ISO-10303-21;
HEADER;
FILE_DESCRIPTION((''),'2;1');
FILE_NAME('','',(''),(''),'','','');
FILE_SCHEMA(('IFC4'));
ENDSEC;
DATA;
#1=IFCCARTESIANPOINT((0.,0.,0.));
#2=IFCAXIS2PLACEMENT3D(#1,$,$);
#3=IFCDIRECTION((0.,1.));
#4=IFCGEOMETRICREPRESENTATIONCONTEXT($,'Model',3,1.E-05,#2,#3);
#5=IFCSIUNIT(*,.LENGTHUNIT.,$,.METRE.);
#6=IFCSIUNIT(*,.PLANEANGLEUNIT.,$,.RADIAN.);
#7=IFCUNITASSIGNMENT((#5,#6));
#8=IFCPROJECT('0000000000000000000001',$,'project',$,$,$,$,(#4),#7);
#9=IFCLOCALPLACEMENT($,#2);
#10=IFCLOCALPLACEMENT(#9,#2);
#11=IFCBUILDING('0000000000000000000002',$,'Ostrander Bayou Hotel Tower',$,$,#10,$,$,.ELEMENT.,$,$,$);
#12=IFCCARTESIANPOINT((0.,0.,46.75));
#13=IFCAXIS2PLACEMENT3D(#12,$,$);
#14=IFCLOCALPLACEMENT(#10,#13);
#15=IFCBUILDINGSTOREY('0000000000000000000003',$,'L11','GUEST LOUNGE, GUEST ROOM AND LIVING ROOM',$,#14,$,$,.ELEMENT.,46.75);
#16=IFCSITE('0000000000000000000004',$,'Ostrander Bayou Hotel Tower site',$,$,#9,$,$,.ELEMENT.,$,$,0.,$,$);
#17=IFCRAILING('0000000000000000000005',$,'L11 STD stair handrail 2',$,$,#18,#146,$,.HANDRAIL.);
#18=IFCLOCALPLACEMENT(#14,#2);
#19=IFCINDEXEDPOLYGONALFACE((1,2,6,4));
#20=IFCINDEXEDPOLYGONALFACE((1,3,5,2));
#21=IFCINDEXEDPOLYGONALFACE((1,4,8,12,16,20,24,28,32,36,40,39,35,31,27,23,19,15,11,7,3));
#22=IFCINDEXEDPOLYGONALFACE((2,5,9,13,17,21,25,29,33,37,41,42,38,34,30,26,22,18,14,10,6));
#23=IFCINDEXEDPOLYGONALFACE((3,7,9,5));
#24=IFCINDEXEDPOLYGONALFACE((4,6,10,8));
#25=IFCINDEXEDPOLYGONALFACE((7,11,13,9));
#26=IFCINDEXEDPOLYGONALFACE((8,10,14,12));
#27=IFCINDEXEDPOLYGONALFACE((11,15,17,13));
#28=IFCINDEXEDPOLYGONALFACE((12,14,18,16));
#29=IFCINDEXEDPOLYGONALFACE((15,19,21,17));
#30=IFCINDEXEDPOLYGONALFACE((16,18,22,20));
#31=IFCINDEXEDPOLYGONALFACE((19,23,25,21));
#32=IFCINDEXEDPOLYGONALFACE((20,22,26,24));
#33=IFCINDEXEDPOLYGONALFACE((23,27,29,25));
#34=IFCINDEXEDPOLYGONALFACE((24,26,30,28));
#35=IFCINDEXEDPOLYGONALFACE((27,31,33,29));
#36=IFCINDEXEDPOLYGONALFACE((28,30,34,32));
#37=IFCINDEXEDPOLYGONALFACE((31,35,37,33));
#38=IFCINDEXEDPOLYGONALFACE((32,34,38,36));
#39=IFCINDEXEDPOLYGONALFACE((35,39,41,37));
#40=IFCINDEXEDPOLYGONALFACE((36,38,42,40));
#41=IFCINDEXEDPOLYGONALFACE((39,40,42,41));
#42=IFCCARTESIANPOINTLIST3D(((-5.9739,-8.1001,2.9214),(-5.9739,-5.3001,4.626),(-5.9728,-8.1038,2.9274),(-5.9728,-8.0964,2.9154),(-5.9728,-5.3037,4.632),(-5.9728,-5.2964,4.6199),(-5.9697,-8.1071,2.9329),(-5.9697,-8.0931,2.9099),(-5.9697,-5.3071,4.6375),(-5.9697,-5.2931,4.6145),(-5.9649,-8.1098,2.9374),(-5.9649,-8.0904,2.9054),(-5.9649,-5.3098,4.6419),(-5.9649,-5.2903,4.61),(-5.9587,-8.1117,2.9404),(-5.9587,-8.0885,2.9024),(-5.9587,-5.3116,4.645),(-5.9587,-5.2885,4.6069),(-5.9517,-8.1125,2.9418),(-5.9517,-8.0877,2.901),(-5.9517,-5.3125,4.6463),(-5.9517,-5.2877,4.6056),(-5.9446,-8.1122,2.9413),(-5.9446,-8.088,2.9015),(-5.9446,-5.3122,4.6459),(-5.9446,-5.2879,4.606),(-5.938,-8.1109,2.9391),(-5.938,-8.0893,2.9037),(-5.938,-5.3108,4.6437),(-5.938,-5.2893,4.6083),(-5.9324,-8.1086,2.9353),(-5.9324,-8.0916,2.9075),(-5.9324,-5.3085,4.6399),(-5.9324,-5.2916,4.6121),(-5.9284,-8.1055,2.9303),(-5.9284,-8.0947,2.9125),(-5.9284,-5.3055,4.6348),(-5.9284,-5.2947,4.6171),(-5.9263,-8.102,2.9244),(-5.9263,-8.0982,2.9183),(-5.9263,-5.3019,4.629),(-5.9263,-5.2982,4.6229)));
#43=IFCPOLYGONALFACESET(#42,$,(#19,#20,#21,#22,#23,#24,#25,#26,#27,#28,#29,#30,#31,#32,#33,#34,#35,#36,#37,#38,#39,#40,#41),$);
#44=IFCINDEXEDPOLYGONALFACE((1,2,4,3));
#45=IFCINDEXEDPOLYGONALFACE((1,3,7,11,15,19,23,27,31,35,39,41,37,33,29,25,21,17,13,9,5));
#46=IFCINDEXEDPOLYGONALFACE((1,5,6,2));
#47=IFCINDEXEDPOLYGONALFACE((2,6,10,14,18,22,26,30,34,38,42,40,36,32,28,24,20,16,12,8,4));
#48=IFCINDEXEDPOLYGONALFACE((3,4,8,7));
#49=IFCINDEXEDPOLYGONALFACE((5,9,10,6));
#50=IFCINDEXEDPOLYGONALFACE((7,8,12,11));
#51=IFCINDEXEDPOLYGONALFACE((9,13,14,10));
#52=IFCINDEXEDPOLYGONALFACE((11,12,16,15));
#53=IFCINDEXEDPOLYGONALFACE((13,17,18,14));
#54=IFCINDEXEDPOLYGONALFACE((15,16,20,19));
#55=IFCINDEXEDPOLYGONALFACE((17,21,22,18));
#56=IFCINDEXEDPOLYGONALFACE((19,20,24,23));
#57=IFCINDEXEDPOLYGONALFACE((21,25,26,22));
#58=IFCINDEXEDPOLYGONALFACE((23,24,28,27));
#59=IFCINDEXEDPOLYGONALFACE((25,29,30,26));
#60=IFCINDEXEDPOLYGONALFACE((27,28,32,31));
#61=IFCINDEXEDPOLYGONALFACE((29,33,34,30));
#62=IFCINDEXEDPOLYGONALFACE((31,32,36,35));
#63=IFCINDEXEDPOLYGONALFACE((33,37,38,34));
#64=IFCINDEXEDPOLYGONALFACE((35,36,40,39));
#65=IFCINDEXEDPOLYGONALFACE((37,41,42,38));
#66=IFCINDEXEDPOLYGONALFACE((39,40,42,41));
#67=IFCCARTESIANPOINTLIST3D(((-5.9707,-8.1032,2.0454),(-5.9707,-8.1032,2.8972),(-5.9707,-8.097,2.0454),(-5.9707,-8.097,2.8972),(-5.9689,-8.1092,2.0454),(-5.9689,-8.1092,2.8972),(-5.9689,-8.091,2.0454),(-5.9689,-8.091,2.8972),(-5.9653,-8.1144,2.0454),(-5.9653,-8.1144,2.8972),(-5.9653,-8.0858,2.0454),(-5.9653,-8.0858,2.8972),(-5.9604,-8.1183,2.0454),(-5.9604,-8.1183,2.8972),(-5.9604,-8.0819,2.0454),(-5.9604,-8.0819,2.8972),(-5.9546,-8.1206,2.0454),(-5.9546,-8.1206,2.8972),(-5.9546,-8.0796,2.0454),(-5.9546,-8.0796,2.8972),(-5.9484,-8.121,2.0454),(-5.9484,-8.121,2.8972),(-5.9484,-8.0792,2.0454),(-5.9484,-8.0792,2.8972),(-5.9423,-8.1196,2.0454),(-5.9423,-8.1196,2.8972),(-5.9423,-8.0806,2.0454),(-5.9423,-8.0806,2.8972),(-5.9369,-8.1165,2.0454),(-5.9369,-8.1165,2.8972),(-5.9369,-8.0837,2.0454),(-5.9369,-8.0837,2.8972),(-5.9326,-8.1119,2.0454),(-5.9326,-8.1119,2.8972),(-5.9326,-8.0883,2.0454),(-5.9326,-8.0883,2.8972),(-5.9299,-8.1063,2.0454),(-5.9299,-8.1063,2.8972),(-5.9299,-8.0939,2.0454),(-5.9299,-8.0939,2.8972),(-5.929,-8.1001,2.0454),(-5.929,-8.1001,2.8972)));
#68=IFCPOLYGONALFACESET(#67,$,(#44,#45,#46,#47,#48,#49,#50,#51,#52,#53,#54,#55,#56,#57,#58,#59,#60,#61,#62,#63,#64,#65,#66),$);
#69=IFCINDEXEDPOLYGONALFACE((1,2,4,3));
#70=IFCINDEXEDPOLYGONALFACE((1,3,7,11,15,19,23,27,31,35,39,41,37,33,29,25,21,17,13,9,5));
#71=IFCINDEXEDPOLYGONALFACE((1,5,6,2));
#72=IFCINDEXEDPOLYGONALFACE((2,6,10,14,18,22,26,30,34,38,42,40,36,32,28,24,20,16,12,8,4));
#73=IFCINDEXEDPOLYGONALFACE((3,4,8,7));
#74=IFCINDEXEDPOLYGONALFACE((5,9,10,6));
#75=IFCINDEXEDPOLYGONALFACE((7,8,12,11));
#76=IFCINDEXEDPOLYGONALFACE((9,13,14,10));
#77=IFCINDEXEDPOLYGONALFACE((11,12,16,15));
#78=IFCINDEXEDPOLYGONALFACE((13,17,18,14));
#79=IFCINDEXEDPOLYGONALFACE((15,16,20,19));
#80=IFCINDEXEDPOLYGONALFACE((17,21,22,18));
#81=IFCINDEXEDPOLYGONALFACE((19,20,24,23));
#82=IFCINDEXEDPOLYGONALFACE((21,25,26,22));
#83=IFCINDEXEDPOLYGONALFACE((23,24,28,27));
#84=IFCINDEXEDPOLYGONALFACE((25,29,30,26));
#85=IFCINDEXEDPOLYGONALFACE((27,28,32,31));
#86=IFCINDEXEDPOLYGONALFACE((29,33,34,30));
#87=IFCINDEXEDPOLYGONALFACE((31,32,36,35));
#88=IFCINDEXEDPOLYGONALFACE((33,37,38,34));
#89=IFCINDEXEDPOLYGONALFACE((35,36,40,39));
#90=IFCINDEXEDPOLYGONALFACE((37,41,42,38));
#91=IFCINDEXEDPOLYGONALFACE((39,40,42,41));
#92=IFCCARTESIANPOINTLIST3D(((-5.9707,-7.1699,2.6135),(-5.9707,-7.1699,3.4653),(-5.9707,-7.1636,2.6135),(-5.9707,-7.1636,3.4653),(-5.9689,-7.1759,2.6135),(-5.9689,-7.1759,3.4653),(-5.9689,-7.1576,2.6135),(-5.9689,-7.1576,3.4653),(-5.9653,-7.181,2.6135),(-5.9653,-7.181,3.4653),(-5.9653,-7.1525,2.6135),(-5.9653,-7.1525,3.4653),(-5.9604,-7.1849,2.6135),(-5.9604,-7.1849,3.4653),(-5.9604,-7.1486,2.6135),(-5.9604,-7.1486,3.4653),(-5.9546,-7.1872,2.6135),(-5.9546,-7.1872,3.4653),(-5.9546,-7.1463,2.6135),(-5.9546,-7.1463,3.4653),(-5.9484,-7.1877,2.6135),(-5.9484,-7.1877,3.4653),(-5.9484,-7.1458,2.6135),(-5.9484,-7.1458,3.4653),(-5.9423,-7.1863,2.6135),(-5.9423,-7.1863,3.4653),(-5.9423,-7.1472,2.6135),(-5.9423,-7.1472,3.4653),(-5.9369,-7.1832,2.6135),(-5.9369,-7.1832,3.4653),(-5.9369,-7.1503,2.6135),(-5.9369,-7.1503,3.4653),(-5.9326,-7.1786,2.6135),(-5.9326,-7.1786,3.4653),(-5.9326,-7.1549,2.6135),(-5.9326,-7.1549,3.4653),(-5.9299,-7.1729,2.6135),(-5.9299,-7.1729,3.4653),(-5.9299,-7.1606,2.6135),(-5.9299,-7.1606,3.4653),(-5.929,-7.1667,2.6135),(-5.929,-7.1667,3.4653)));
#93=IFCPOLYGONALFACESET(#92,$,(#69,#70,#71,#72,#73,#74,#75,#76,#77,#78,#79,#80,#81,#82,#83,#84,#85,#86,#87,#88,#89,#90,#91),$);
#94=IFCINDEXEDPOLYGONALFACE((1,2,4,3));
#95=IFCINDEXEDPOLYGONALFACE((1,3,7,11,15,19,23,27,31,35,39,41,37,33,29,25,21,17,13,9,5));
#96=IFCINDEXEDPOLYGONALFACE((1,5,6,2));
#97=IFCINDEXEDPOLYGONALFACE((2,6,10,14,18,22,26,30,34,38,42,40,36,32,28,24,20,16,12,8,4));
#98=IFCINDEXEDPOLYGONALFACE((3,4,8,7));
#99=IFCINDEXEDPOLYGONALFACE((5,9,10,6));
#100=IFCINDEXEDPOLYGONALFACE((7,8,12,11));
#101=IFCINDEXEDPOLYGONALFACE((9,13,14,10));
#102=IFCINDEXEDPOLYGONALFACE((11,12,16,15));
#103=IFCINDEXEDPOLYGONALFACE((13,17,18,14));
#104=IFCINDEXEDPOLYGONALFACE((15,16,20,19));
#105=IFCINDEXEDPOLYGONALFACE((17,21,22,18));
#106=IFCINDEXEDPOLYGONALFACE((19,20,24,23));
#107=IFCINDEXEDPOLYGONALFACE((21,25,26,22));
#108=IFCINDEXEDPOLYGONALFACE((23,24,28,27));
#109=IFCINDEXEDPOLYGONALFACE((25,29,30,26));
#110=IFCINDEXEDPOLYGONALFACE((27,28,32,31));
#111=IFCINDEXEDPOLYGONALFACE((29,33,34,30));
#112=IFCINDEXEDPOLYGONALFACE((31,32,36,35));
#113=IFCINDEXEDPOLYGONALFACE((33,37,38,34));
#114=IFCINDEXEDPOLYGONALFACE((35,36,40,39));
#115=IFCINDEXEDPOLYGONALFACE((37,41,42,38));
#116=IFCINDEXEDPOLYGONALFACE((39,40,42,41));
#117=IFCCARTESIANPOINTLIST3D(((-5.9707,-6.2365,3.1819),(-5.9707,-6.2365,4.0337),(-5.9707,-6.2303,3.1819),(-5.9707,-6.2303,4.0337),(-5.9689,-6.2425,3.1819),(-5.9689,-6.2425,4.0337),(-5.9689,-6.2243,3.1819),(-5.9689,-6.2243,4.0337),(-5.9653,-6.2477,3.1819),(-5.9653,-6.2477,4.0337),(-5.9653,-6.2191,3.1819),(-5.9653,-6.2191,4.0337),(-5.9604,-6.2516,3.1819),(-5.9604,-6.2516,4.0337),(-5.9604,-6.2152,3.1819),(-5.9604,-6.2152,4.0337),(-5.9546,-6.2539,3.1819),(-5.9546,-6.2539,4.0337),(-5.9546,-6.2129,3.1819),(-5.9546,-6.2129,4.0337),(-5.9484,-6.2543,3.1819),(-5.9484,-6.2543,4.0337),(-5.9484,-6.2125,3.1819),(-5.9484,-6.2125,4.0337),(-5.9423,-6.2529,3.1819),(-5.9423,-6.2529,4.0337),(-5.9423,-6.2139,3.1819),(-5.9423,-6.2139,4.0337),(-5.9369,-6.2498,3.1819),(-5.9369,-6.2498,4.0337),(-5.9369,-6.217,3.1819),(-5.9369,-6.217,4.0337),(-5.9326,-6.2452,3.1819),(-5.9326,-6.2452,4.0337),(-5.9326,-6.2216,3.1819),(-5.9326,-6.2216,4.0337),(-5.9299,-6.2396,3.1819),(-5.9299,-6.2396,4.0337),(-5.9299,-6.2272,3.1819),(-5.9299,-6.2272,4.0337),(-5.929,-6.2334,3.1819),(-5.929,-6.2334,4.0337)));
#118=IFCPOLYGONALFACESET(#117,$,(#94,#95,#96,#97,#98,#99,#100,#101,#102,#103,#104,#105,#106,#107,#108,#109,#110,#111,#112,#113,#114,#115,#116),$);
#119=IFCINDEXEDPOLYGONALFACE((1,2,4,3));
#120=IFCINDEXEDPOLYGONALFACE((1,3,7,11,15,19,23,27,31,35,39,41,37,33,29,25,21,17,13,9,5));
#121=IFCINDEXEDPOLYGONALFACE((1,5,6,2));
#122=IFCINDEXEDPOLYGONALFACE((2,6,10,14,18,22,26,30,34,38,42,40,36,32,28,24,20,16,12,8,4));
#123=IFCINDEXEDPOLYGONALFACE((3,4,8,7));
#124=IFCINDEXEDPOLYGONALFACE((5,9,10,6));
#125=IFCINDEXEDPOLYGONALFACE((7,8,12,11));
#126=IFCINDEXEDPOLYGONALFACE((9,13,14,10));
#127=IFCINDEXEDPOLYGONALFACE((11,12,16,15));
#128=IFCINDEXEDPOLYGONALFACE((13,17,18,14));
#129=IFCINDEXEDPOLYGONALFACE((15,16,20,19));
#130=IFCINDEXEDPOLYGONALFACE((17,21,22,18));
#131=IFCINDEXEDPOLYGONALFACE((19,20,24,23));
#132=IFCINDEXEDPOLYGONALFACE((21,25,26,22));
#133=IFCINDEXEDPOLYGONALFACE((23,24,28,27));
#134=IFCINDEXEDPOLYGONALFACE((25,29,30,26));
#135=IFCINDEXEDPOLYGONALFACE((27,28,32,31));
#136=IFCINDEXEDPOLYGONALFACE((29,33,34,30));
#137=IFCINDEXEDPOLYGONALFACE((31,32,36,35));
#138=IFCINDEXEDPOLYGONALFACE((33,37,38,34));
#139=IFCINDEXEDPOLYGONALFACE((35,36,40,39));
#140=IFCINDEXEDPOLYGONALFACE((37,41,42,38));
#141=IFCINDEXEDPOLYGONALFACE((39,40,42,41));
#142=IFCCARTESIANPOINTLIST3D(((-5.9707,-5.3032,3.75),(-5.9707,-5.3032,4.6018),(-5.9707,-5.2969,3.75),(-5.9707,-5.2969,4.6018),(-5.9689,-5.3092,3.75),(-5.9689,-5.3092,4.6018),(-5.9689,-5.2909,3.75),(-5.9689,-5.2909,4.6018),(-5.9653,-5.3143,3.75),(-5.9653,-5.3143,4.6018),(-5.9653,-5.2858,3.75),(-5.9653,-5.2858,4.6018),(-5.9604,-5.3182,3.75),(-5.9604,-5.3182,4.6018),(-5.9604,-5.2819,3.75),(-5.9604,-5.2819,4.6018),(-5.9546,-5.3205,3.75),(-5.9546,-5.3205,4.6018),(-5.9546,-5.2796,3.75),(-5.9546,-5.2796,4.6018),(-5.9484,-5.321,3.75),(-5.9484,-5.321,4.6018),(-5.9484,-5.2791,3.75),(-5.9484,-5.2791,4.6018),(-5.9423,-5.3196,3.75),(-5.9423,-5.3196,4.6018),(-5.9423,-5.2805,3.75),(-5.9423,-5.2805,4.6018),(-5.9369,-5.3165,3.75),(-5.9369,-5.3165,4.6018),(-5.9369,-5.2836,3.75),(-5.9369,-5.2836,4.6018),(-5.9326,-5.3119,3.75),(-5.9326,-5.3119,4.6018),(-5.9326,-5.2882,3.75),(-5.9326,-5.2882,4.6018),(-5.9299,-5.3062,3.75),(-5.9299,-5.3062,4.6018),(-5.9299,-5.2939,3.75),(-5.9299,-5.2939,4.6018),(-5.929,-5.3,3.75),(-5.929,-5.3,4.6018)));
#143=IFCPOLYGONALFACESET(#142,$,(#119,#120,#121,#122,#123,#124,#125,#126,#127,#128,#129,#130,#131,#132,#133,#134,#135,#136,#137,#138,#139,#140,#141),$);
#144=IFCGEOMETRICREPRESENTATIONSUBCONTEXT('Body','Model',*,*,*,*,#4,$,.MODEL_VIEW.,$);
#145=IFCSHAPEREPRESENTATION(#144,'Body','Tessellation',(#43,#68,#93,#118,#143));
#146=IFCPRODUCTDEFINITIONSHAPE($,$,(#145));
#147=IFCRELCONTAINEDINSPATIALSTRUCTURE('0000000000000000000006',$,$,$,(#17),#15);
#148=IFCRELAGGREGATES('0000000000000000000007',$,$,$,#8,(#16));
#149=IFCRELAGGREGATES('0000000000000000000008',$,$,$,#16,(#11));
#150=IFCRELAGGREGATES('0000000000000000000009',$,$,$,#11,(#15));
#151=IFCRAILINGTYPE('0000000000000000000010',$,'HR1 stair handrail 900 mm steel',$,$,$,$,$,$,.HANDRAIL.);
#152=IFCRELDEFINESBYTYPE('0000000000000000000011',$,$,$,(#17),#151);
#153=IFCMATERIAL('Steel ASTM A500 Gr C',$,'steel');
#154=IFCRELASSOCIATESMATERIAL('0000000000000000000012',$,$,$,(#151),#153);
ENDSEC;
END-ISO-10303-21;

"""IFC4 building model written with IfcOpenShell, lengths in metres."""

from ifc_helpers import new_model, si_unit, direction, frame, origin, origin_2d, place, context, subcontext, project, spatial, circle, extrude, material, type_object, element, save


model = new_model("IFC4")

# Units and contexts
model_context = context("Model", 3, precision=1e-05, world=origin(), true_north=direction((0.0, 1.0)))
body_context = subcontext(model_context, "Body", "Model", "MODEL_VIEW")
ifc_project = project(units=[si_unit("LENGTHUNIT", "METRE"), si_unit("PLANEANGLEUNIT", "RADIAN")], contexts=[model_context])

# Site, building, storey
site_placement = place(None, origin())
site = spatial("IfcSite", under=ifc_project, at=site_placement, Name="Ostrander Bayou Hotel Tower site", CompositionType="ELEMENT", RefElevation=0.0)
building_placement = place(site_placement, origin())
building = spatial("IfcBuilding", under=site, at=building_placement, Name="Ostrander Bayou Hotel Tower", CompositionType="ELEMENT")
storey_placement = place(building_placement, frame((0.0, 0.0, 46.75)))
storey = spatial("IfcBuildingStorey", under=building, at=storey_placement, Name="L11", Description="GUEST LOUNGE, GUEST ROOM AND LIVING ROOM", CompositionType="ELEMENT", Elevation=46.75)

# Railing
ifc_material_1 = material(Name="Steel ASTM A500 Gr C", Category="steel")
railing_type_1 = type_object("IfcRailingType", Name="HR1 stair handrail 900 mm steel", PredefinedType="HANDRAIL", material=ifc_material_1)
railing_1_placement = place(storey_placement, frame((-5.95, -8.1001, 2.0454)))
element("IfcRailing", 1, at=railing_1_placement, inside=storey, type_object=railing_type_1, Name="L11 STD stair handrail 2", PredefinedType="HANDRAIL", context=body_context, shape_type="SweptSolid", body=[
    extrude(circle(Radius=0.0239, at=origin_2d()), frame((0.0, 0.0, 0.876), z_axis=(0.0, 0.85417, 0.519994), x_axis=(-1.0, 0.0, 0.0)), (0.0, 0.0, 1.0), 3.2781),
    extrude(circle(Radius=0.021, at=origin_2d()), origin(), (0.0, 0.0, 1.0), 0.8518),
    extrude(circle(Radius=0.021, at=origin_2d()), frame((0.0, 0.9333, 0.5681)), (0.0, 0.0, 1.0), 0.8518),
    extrude(circle(Radius=0.021, at=origin_2d()), frame((0.0, 1.8667, 1.1365)), (0.0, 0.0, 1.0), 0.8518),
    extrude(circle(Radius=0.021, at=origin_2d()), frame((0.0, 2.8, 1.7046)), (0.0, 0.0, 1.0), 0.8518),
])

save(model, "model.ifc")
